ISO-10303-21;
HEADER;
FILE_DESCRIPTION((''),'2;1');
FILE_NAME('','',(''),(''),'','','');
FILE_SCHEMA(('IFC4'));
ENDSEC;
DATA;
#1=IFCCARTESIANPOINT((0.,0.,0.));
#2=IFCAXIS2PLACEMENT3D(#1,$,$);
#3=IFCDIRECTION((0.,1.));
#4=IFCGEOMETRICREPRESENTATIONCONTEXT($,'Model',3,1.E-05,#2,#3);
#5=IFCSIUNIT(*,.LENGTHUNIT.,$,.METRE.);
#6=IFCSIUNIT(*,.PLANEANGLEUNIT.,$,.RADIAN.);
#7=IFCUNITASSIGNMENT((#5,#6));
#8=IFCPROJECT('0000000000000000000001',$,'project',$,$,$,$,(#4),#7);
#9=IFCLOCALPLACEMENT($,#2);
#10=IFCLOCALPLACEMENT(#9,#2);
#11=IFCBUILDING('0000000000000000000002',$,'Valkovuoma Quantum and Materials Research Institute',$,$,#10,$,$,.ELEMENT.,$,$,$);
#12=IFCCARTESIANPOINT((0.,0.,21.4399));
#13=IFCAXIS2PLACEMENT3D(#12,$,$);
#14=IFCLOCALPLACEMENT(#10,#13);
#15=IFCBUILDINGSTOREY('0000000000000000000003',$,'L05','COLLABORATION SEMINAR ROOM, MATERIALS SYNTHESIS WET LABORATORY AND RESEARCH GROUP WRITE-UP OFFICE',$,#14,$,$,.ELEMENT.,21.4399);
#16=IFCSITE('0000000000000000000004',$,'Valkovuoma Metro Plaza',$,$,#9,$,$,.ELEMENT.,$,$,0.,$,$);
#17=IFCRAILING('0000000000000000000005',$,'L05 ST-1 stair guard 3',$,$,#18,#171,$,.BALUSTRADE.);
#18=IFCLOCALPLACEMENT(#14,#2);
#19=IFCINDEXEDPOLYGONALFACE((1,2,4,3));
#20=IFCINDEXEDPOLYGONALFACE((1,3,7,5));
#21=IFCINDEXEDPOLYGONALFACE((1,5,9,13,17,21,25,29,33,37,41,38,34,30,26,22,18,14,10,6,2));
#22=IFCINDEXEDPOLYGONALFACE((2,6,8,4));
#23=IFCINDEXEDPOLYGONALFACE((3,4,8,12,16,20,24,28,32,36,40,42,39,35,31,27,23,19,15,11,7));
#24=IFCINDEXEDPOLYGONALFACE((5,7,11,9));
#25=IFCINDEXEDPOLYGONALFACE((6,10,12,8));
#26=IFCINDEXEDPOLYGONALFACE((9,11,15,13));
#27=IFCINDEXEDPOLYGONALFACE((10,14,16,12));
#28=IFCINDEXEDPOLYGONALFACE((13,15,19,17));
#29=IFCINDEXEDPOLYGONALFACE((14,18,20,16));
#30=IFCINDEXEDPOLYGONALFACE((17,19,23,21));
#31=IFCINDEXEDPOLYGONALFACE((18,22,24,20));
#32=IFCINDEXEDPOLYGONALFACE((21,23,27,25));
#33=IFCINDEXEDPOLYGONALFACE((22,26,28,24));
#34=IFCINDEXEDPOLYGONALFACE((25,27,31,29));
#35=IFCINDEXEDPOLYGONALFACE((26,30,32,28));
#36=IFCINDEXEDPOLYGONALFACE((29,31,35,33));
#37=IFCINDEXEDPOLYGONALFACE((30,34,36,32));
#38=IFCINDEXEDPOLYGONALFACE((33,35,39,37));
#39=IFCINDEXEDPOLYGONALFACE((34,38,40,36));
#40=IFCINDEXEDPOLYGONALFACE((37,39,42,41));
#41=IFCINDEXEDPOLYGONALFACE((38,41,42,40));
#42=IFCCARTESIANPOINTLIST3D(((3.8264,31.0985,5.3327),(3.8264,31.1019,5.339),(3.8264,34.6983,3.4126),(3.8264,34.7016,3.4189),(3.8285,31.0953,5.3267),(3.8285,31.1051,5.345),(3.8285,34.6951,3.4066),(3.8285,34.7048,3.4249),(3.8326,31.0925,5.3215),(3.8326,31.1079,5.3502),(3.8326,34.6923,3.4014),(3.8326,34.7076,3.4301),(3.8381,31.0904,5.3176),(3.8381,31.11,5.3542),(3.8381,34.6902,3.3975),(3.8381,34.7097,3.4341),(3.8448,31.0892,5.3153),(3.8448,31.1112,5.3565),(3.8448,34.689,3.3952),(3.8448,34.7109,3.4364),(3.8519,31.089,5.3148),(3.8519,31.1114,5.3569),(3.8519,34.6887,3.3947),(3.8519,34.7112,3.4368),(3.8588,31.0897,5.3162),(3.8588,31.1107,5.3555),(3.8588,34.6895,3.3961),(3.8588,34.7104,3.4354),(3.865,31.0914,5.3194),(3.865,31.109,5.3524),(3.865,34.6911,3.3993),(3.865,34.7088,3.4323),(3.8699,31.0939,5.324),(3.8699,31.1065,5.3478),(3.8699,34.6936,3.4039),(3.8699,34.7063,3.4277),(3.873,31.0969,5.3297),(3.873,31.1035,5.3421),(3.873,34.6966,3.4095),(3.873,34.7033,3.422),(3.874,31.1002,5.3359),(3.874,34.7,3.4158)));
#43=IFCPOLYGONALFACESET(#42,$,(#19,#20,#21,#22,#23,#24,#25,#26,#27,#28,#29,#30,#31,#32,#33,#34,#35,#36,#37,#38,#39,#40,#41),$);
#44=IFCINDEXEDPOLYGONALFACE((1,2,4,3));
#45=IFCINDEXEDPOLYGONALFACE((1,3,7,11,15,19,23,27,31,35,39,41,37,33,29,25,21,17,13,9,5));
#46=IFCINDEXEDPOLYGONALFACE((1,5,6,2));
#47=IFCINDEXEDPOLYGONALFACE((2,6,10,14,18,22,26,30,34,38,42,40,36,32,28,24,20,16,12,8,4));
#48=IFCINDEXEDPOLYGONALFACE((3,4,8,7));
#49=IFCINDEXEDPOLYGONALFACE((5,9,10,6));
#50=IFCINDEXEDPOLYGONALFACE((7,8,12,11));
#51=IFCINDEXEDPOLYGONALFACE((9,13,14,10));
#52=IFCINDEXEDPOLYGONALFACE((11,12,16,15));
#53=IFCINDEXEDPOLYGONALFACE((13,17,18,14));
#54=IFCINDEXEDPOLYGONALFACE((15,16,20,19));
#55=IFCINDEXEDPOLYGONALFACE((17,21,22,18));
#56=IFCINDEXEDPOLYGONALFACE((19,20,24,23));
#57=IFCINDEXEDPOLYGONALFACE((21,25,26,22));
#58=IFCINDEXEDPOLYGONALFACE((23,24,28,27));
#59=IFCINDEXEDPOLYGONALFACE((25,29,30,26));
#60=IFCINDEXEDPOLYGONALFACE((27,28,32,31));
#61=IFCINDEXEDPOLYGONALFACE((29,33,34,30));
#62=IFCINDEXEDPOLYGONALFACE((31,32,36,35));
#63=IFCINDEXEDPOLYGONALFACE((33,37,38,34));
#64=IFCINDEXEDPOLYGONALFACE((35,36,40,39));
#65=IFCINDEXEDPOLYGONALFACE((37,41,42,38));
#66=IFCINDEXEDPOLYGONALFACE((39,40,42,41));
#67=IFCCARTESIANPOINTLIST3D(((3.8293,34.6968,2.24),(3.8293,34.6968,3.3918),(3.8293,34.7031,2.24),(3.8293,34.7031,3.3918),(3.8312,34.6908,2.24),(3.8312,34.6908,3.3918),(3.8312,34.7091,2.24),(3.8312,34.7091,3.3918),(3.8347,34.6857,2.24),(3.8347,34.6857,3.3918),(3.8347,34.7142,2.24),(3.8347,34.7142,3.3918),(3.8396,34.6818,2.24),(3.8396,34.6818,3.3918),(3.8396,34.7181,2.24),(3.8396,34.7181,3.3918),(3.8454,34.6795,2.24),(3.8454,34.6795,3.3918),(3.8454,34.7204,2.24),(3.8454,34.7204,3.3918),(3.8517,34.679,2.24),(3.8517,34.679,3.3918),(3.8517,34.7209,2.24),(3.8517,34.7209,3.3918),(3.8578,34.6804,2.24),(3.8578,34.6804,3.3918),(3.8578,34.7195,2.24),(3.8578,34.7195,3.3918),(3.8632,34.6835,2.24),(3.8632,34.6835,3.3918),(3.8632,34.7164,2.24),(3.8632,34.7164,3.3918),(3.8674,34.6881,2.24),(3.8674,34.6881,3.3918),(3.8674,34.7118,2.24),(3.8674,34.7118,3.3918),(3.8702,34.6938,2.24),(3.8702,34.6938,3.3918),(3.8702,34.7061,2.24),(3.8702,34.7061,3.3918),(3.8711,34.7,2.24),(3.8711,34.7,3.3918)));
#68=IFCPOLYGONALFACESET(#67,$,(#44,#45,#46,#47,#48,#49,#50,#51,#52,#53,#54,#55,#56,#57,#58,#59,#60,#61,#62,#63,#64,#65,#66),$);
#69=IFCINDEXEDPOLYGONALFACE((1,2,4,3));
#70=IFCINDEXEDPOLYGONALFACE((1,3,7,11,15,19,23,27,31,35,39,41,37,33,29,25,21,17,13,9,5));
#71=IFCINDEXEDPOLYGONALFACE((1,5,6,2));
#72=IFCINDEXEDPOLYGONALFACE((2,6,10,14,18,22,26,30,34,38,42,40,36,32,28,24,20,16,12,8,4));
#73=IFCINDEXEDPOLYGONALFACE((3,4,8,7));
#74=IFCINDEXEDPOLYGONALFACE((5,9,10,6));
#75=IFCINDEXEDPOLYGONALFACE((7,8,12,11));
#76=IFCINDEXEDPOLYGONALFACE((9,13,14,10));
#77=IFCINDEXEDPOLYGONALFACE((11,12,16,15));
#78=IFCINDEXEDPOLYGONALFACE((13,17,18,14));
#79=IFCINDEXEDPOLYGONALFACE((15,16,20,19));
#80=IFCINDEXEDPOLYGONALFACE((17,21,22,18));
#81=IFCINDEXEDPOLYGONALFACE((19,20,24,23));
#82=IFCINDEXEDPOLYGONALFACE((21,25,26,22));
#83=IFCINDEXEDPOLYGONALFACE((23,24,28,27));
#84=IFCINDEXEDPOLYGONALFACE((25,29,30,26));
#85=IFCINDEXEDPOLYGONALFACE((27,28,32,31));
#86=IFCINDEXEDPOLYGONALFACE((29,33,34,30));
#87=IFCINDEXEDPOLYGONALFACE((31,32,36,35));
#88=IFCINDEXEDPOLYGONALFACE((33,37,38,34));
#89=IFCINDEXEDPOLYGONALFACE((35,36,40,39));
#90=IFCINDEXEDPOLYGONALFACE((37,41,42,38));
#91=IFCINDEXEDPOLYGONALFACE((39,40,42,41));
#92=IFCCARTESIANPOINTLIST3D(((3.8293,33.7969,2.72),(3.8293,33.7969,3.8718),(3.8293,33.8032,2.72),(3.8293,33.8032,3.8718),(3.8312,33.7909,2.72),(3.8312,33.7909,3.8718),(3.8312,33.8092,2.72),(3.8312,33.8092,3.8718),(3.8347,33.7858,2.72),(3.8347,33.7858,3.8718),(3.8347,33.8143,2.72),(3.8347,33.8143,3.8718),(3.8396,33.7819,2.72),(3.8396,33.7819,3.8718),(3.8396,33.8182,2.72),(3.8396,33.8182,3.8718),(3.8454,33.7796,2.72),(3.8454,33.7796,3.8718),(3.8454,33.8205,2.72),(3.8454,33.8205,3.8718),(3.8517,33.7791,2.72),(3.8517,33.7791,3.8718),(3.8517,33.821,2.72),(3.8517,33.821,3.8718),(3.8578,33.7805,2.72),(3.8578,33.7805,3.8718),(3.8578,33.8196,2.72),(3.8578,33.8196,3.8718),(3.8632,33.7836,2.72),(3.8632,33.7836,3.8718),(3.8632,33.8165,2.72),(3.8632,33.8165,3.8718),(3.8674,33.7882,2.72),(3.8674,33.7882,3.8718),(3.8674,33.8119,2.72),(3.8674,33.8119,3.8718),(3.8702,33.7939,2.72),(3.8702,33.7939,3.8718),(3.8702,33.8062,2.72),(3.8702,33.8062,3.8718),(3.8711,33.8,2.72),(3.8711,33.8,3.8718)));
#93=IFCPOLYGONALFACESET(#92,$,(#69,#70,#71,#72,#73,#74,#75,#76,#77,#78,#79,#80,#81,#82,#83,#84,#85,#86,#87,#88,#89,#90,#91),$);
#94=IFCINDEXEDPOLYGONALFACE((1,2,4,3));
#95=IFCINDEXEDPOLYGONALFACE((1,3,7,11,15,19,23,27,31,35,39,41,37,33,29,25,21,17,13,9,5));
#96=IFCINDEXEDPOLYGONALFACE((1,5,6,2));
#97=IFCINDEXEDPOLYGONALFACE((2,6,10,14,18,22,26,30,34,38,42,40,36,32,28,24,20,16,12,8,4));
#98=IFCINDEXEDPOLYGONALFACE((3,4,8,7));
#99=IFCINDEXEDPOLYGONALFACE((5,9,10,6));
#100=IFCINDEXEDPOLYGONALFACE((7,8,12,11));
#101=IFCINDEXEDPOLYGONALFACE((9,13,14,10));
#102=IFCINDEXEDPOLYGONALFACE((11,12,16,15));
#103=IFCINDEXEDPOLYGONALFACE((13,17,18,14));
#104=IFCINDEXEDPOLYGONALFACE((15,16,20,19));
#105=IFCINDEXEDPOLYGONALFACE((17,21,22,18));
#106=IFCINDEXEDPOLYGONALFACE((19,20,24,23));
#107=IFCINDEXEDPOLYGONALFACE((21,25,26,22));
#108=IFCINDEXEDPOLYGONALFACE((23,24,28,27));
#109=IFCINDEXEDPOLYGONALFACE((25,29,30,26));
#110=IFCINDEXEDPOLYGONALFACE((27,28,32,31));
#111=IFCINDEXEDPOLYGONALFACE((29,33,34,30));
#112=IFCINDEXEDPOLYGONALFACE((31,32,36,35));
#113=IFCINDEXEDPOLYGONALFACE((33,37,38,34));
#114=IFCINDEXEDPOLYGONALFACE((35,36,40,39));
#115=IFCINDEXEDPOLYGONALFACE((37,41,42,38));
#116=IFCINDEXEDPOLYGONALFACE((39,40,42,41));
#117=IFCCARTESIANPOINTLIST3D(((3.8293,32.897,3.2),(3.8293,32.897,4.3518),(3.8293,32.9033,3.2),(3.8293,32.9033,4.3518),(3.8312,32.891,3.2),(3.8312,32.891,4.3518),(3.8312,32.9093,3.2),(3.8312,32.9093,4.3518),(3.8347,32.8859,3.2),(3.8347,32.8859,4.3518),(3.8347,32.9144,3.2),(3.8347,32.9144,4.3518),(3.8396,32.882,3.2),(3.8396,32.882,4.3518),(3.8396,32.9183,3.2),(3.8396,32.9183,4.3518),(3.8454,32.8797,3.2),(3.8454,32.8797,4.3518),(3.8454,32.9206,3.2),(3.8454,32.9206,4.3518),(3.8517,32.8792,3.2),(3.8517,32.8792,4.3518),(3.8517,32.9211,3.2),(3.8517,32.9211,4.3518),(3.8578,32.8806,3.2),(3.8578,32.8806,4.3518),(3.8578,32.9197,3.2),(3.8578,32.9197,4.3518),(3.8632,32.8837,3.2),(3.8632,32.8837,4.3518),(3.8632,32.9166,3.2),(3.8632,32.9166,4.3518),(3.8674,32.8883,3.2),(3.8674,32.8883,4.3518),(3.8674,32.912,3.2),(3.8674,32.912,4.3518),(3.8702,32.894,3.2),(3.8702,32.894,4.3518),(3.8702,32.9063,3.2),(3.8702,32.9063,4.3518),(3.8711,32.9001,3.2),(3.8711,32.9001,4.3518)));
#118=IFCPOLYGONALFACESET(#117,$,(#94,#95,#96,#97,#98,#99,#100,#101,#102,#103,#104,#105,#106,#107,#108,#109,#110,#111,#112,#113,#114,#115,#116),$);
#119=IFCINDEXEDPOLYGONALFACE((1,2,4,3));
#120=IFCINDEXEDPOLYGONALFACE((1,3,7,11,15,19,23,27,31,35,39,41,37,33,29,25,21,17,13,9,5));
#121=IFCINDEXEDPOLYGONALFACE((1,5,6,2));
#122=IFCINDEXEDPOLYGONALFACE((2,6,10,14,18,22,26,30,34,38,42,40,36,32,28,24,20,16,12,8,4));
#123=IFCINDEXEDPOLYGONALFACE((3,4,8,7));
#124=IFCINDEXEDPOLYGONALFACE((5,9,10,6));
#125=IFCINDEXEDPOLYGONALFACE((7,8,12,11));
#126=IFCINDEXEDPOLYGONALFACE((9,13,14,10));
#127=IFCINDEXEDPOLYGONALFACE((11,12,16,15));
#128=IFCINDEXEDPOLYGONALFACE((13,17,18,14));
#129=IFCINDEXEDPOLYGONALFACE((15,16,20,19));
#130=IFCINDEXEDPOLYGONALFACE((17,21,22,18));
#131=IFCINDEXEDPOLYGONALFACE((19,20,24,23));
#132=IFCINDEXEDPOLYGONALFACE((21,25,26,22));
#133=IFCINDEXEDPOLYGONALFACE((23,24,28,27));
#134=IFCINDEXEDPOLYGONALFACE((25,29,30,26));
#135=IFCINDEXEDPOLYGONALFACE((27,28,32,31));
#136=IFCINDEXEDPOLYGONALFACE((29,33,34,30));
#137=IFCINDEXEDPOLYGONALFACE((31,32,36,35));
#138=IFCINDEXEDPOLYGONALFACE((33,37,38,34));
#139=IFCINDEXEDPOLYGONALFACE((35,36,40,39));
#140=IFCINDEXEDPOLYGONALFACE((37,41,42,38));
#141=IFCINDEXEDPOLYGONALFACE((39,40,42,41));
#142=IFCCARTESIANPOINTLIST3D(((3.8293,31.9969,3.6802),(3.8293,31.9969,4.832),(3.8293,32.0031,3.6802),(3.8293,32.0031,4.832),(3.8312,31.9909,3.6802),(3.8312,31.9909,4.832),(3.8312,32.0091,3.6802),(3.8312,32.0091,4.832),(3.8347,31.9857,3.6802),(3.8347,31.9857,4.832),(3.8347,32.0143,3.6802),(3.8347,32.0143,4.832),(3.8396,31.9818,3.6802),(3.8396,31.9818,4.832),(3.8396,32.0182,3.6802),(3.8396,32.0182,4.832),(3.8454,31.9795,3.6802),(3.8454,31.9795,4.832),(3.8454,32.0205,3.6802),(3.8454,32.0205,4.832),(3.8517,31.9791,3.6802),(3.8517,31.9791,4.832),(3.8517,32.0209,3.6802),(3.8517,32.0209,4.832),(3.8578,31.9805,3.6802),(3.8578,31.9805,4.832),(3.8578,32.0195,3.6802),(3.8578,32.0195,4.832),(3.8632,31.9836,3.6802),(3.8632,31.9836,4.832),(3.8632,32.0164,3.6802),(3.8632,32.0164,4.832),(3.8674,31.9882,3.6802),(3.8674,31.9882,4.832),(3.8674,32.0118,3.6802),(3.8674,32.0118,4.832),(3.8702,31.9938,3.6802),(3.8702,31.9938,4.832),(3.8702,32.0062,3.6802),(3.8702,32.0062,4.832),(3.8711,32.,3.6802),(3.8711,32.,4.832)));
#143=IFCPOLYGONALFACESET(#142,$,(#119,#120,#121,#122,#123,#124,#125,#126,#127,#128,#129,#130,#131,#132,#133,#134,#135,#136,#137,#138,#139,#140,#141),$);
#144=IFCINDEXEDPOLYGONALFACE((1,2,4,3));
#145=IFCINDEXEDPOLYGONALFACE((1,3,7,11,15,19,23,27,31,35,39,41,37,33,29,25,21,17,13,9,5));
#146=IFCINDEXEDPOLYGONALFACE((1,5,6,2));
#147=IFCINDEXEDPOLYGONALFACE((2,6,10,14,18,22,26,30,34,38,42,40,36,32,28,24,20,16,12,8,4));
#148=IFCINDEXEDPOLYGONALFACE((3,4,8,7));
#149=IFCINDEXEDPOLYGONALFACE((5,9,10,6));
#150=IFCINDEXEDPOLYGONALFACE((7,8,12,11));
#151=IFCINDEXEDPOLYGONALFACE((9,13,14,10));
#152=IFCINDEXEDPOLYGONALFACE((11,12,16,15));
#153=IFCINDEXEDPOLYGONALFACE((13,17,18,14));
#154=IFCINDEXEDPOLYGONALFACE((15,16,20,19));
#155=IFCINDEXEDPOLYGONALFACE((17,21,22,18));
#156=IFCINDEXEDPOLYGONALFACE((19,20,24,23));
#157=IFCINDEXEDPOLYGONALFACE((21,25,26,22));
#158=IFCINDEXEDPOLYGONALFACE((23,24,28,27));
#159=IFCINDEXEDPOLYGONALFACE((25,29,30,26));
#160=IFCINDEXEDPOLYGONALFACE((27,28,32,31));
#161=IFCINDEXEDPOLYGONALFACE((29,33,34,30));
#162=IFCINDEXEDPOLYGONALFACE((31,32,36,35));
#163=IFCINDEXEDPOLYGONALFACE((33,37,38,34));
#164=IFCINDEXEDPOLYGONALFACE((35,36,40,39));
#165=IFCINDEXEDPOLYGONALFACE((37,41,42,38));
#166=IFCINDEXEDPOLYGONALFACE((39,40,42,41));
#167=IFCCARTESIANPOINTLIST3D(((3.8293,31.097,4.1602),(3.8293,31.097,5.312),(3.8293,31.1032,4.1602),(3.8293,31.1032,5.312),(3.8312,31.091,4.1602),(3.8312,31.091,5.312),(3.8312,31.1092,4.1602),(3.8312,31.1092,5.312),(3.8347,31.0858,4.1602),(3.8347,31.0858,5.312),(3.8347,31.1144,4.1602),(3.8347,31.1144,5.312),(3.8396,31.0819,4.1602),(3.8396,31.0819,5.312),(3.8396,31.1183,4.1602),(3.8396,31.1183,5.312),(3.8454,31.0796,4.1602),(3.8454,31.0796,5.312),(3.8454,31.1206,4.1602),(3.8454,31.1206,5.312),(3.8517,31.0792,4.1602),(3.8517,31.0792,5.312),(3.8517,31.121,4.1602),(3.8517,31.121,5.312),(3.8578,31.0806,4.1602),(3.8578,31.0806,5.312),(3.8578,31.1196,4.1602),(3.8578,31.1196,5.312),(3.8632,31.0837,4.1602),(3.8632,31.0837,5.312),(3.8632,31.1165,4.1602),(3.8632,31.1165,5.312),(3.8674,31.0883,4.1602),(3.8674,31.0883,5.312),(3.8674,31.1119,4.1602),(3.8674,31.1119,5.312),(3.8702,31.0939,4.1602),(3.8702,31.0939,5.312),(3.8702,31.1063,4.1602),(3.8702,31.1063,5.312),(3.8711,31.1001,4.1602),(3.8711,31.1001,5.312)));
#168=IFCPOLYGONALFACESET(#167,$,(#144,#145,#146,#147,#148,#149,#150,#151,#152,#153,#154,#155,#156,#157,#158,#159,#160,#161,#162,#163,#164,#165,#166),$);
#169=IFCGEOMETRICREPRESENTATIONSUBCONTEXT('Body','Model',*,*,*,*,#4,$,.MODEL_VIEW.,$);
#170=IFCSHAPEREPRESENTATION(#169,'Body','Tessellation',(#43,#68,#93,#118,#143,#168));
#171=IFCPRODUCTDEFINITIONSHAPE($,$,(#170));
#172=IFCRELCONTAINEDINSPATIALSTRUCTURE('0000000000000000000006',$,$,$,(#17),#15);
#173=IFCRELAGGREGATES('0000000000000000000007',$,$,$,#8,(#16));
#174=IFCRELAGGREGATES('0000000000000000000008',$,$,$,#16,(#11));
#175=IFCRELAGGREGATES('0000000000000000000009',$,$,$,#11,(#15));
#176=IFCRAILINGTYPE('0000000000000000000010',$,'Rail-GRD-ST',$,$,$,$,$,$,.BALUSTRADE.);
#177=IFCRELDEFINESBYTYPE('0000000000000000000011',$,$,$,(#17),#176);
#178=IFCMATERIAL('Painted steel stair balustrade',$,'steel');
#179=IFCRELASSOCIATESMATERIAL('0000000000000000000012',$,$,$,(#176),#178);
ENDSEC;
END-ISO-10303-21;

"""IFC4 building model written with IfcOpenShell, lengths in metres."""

from ifc_helpers import new_model, si_unit, direction, frame, origin, origin_2d, place, context, subcontext, project, spatial, circle, extrude, material, type_object, element, save


model = new_model("IFC4")

# Units and contexts
model_context = context("Model", 3, precision=1e-05, world=origin(), true_north=direction((0.0, 1.0)))
body_context = subcontext(model_context, "Body", "Model", "MODEL_VIEW")
ifc_project = project(units=[si_unit("LENGTHUNIT", "METRE"), si_unit("PLANEANGLEUNIT", "RADIAN")], contexts=[model_context])

# Site, building, storey
site_placement = place(None, origin())
site = spatial("IfcSite", under=ifc_project, at=site_placement, Name="Valkovuoma Metro Plaza", CompositionType="ELEMENT", RefElevation=0.0)
building_placement = place(site_placement, origin())
building = spatial("IfcBuilding", under=site, at=building_placement, Name="Valkovuoma Quantum and Materials Research Institute", CompositionType="ELEMENT")
storey_placement = place(building_placement, frame((0.0, 0.0, 21.4399)))
storey = spatial("IfcBuildingStorey", under=building, at=storey_placement, Name="L05", Description="COLLABORATION SEMINAR ROOM, MATERIALS SYNTHESIS WET LABORATORY AND RESEARCH GROUP WRITE-UP OFFICE", CompositionType="ELEMENT", Elevation=21.4399)

# Railing
ifc_material_1 = material(Name="Painted steel stair balustrade", Category="steel")
railing_type_1 = type_object("IfcRailingType", Name="Rail-GRD-ST", PredefinedType="BALUSTRADE", material=ifc_material_1)
railing_1_placement = place(storey_placement, frame((3.8501, 34.7, 2.24)))
element("IfcRailing", 1, at=railing_1_placement, inside=storey, type_object=railing_type_1, Name="L05 ST-1 stair guard 3", PredefinedType="BALUSTRADE", context=body_context, shape_type="SweptSolid", body=[
    extrude(circle(Radius=0.0239, at=origin_2d()), frame((0.0, 0.0, 1.1758), z_axis=(0.0, -0.882328, 0.470635), x_axis=(1.0, 0.0, 0.0)), (0.0, 0.0, 1.0), 4.0798),
    extrude(circle(Radius=0.021, at=origin_2d()), origin(), (0.0, 0.0, 1.0), 1.1519),
    extrude(circle(Radius=0.021, at=origin_2d()), frame((0.0, -0.8999, 0.48)), (0.0, 0.0, 1.0), 1.1519),
    extrude(circle(Radius=0.021, at=origin_2d()), frame((0.0, -1.7998, 0.96)), (0.0, 0.0, 1.0), 1.1519),
    extrude(circle(Radius=0.021, at=origin_2d()), frame((0.0, -2.7, 1.4402)), (0.0, 0.0, 1.0), 1.1519),
    extrude(circle(Radius=0.021, at=origin_2d()), frame((0.0, -3.5999, 1.9202)), (0.0, 0.0, 1.0), 1.1519),
])

save(model, "model.ifc")
